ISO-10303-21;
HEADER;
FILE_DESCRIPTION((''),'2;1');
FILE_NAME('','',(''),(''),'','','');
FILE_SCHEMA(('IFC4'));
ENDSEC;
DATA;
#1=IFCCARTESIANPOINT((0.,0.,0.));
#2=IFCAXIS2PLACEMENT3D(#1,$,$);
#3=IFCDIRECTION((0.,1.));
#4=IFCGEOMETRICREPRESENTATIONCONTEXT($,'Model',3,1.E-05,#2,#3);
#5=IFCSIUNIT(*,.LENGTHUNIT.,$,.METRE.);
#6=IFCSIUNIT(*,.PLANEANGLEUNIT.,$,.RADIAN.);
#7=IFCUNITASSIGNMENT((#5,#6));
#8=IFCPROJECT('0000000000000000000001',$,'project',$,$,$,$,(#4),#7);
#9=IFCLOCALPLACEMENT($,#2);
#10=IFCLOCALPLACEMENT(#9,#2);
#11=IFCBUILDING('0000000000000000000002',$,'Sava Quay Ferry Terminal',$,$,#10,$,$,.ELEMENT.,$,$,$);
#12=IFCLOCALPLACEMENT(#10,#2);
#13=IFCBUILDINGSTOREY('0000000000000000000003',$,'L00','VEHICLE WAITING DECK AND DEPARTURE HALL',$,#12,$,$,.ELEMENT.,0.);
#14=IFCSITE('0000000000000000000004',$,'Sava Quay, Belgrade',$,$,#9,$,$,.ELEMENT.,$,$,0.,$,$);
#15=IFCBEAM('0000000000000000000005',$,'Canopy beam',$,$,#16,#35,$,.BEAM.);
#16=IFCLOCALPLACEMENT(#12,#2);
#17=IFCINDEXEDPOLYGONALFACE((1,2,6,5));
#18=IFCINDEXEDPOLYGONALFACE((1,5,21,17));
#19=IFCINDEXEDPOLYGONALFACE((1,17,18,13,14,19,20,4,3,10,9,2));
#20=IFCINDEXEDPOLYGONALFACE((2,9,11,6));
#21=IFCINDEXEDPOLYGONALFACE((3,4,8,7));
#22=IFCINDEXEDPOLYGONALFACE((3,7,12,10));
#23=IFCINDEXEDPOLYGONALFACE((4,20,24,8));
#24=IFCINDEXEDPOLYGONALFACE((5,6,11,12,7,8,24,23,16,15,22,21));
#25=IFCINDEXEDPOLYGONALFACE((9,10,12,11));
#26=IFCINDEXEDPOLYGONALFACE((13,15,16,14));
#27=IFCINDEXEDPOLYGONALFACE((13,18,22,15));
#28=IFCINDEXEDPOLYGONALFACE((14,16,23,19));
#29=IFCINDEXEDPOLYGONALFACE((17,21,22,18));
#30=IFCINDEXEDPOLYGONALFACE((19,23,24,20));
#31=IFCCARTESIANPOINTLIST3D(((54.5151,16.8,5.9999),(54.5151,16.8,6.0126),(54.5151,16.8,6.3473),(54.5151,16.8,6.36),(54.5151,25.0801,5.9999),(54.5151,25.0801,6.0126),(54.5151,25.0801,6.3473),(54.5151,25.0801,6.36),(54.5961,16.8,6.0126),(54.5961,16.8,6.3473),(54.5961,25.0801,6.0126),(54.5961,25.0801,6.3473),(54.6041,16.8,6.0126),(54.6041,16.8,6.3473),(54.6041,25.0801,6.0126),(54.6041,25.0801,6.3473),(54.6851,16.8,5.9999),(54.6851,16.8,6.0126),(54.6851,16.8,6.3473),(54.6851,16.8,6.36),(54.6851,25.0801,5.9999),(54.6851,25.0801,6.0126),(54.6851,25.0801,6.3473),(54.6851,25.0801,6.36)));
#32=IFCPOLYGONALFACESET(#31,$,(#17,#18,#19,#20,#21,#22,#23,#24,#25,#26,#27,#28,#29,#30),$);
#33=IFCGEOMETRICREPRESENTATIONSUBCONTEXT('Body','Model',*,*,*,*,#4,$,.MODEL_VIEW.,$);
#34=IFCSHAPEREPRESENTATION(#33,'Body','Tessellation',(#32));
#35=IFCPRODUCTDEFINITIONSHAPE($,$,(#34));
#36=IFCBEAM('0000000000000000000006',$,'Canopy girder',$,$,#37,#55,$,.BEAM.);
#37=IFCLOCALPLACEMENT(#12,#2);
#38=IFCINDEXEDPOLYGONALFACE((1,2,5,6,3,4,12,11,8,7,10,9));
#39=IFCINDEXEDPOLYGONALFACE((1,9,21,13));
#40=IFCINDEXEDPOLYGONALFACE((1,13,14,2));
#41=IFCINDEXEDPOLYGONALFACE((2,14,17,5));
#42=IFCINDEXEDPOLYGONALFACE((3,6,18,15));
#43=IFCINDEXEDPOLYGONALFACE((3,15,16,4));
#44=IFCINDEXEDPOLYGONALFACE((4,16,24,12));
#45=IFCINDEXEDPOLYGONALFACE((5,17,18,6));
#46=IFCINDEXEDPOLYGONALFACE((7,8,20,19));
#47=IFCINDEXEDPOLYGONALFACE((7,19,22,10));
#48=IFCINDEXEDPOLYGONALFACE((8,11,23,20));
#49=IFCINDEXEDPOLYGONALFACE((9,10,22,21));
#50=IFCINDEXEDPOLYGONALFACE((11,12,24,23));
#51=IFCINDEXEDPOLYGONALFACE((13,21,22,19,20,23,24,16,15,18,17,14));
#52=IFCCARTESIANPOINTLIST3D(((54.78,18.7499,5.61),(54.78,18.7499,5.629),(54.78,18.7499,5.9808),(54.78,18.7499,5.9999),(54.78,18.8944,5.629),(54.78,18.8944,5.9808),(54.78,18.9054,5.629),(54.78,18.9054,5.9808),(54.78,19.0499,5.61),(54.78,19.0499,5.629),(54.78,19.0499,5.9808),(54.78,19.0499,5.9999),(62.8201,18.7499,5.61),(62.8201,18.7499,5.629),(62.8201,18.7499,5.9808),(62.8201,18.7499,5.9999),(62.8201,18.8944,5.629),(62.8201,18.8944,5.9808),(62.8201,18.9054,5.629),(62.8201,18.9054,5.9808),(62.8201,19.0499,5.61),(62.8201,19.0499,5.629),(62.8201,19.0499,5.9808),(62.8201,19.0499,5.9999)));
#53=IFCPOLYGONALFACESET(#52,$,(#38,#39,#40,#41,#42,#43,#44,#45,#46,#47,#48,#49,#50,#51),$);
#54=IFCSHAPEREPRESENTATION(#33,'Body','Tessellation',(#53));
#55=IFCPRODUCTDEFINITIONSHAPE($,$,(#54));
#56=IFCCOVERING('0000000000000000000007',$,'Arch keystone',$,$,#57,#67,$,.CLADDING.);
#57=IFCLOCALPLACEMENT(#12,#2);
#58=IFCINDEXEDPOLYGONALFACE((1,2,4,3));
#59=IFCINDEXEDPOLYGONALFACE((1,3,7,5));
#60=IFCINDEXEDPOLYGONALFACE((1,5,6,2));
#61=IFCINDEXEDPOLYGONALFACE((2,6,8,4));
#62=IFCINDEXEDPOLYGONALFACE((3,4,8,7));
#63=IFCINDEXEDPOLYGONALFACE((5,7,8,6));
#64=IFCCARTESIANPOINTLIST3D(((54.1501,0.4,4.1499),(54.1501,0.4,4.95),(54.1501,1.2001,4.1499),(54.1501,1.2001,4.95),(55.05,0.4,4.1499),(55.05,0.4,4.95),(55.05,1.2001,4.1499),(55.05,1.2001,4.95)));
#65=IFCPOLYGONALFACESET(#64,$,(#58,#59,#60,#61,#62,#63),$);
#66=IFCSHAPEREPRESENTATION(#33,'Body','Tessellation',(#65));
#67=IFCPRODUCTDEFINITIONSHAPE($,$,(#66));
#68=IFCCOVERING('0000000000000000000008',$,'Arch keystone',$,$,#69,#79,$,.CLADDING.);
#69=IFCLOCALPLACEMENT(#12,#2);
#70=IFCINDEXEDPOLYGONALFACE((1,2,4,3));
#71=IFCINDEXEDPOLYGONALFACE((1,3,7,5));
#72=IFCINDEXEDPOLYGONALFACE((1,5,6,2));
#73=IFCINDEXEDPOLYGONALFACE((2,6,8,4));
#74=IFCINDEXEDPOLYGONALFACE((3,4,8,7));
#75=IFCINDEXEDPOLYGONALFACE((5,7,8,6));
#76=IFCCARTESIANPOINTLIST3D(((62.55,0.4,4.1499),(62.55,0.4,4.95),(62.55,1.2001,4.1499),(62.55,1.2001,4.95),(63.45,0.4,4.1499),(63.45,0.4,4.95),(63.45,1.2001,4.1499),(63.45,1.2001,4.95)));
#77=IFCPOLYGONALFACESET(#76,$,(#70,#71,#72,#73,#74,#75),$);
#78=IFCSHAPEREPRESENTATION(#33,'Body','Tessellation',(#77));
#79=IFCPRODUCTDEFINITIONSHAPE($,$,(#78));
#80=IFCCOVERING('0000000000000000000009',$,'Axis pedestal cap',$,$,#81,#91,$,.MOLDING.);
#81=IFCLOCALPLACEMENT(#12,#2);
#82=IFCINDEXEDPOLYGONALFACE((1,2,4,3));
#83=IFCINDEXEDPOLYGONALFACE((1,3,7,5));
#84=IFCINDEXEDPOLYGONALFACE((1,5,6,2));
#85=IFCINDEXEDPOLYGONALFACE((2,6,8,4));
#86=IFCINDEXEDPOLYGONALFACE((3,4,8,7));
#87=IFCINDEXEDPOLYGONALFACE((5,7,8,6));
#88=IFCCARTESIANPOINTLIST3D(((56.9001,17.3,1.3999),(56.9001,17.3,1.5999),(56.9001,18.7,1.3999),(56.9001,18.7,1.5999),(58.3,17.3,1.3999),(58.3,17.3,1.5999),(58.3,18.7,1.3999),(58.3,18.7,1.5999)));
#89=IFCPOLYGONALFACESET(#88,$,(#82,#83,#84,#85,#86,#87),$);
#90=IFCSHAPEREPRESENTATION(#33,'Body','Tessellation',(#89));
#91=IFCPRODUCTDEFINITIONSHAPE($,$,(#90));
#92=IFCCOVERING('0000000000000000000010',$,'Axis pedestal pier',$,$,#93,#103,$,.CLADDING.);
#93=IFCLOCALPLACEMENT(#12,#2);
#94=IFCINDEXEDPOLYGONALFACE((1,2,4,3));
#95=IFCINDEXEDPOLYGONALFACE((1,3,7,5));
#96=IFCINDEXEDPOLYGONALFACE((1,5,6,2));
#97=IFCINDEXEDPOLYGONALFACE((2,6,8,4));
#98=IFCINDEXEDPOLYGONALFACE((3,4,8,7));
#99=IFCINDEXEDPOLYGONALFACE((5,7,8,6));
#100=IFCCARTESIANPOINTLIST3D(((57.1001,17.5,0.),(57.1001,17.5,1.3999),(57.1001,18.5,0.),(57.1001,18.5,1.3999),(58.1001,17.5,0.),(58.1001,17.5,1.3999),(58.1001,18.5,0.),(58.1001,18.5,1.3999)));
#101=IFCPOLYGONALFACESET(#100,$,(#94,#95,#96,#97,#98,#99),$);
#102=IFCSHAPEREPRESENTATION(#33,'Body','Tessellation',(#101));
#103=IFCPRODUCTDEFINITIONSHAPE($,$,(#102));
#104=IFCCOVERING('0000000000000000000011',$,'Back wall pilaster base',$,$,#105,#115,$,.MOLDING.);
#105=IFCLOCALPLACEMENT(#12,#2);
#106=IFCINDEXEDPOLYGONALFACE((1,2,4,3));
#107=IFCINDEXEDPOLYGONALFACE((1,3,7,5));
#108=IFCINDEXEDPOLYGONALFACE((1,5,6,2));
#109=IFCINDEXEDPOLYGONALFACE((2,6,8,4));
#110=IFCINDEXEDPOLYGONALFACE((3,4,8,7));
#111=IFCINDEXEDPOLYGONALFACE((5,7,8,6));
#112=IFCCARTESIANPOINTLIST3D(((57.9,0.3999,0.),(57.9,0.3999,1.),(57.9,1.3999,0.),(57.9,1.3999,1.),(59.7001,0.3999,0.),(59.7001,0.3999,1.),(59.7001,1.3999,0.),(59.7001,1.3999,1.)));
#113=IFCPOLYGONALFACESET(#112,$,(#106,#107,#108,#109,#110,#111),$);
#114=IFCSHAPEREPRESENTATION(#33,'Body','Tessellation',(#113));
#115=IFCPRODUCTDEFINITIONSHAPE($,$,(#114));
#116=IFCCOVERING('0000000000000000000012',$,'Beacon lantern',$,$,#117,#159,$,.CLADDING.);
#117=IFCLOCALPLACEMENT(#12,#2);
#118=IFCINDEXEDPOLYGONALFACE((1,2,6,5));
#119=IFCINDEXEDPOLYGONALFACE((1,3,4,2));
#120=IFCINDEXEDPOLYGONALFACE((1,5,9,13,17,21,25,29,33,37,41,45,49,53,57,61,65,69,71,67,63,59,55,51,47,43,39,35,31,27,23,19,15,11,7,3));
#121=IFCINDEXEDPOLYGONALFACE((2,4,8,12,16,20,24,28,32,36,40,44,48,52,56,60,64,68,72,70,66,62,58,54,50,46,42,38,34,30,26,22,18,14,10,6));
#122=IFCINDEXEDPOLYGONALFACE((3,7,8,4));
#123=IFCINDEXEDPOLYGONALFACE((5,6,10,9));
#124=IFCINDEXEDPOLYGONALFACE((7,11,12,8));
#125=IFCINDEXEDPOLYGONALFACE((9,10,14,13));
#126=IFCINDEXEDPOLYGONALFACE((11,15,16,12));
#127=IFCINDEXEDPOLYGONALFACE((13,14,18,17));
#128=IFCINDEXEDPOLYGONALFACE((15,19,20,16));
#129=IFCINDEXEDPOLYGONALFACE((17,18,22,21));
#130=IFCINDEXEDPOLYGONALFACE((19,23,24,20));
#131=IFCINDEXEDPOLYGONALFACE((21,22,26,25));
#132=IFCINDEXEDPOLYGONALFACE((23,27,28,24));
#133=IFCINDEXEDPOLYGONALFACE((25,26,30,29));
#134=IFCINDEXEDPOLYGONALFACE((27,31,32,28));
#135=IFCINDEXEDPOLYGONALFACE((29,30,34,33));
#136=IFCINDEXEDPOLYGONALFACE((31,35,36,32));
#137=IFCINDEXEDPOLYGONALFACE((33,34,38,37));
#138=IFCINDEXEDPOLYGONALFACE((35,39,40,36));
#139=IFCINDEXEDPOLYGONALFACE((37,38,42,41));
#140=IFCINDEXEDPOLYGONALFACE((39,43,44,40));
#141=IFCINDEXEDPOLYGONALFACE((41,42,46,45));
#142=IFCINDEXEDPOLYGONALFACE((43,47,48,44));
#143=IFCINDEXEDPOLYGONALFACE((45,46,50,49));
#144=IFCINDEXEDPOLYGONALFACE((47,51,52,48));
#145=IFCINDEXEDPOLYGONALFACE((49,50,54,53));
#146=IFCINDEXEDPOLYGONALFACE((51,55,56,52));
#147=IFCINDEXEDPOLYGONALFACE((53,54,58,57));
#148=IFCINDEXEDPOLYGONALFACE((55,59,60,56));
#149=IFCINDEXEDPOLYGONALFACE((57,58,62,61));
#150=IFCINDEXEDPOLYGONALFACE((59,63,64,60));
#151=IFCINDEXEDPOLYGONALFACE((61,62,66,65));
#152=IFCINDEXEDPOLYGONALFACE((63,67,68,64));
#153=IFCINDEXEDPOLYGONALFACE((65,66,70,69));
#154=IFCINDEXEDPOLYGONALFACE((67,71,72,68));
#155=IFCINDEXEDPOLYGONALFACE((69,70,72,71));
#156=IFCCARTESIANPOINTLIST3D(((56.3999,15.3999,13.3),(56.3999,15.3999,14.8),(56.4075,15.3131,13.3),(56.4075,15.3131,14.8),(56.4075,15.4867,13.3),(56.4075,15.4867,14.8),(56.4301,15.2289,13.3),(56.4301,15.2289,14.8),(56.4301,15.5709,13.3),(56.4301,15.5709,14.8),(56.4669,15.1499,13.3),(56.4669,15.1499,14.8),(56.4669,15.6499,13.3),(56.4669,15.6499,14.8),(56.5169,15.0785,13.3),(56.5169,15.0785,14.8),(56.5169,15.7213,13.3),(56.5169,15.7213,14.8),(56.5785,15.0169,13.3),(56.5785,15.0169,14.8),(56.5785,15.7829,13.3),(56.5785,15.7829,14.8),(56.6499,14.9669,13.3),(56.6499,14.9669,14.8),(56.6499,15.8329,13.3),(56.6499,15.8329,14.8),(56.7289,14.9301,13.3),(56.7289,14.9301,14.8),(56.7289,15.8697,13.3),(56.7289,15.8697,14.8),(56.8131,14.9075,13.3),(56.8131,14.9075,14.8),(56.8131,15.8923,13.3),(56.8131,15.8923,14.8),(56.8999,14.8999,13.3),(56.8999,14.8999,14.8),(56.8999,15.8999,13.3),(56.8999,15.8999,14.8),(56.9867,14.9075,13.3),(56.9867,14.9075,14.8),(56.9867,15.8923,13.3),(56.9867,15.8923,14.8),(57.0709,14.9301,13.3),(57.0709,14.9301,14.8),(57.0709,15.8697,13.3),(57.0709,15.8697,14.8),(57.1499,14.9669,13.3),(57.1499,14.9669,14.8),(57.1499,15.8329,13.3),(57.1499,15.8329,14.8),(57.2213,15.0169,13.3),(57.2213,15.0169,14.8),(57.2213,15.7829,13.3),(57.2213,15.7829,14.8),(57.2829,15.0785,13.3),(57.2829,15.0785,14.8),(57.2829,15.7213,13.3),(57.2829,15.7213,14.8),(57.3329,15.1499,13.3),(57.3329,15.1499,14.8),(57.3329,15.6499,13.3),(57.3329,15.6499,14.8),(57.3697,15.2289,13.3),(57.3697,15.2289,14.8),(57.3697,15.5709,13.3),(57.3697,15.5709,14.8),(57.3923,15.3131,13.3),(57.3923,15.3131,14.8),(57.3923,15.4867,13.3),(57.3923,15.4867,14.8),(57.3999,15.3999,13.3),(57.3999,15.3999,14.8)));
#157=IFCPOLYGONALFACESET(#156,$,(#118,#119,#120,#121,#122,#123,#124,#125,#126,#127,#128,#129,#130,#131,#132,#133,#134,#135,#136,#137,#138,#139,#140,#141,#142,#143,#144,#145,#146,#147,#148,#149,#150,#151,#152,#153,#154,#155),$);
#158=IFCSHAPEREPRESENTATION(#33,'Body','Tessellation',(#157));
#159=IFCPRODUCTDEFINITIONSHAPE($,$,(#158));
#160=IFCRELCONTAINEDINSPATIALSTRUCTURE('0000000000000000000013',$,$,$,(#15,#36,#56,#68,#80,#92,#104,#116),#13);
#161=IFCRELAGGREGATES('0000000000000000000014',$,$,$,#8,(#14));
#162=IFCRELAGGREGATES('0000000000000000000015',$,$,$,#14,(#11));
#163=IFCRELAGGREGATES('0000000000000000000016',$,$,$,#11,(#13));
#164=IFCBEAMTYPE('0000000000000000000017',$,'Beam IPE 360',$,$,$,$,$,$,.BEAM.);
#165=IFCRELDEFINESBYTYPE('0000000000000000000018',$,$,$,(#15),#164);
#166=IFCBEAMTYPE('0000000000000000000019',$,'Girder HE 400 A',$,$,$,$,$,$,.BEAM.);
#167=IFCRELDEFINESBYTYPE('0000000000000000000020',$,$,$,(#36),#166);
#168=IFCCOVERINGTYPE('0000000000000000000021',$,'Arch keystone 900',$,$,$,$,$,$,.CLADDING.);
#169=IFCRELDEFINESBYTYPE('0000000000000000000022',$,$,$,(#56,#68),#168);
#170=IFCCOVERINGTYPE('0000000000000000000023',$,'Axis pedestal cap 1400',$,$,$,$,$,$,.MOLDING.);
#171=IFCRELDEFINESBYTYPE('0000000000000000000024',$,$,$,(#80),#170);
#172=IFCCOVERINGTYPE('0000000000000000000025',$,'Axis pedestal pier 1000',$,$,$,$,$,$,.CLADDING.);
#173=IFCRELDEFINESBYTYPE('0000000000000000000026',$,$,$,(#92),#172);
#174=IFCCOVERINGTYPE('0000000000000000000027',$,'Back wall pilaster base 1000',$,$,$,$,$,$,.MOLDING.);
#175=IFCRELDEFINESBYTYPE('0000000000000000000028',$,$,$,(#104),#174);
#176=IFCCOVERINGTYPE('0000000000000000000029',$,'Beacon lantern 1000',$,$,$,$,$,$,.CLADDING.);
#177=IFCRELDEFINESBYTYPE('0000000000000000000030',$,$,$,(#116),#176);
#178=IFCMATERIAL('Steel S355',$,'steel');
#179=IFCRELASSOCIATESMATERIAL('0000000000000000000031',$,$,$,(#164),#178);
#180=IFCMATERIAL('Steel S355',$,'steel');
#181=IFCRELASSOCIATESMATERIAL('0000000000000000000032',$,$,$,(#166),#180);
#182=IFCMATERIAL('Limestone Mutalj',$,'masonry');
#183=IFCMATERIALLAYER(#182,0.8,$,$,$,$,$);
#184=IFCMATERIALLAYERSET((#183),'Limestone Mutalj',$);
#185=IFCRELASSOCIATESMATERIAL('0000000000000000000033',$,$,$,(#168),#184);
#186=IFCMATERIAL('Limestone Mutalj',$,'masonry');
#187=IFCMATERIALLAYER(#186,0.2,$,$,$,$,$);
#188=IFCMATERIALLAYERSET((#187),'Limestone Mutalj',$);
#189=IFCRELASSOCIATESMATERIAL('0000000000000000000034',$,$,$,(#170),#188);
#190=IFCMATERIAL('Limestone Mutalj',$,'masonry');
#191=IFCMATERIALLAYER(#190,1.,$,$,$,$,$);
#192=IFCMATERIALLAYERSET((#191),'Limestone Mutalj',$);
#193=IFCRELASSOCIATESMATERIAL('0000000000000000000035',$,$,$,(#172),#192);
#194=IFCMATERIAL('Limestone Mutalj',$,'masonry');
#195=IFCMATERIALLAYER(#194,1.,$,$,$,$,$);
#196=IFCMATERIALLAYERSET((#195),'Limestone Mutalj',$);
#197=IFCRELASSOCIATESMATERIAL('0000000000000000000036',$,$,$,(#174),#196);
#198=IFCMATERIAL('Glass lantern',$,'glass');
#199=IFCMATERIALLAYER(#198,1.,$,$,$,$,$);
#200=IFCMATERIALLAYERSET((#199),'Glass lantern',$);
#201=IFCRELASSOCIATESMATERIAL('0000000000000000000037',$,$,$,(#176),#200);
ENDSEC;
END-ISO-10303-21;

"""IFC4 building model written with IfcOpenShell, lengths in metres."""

from ifc_helpers import new_model, si_unit, direction, frame, origin, origin_2d, place, context, subcontext, project, spatial, rectangle, circle, i_section, extrude, material, layer, layer_set, material_profile, profile_set, type_object, element, save


model = new_model("IFC4")

# Units and contexts
model_context = context("Model", 3, precision=1e-05, world=origin(), true_north=direction((0.0, 1.0)))
body_context = subcontext(model_context, "Body", "Model", "MODEL_VIEW")
ifc_project = project(units=[si_unit("LENGTHUNIT", "METRE"), si_unit("PLANEANGLEUNIT", "RADIAN")], contexts=[model_context])

# Site, building, storey
site_placement = place(None, origin())
site = spatial("IfcSite", under=ifc_project, at=site_placement, Name="Sava Quay, Belgrade", CompositionType="ELEMENT", RefElevation=0.0)
building_placement = place(site_placement, origin())
building = spatial("IfcBuilding", under=site, at=building_placement, Name="Sava Quay Ferry Terminal", CompositionType="ELEMENT")
storey_placement = place(building_placement, origin())
storey = spatial("IfcBuildingStorey", under=building, at=storey_placement, Name="L00", Description="VEHICLE WAITING DECK AND DEPARTURE HALL", CompositionType="ELEMENT", Elevation=0.0)

# Beams
ifc_material_1 = material(Name="Steel S355", Category="steel")
ifc_material_profile_1 = material_profile(ifc_material_1, i_section(OverallWidth=0.1699, OverallDepth=0.3601, WebThickness=0.0081, FlangeThickness=0.0127, at=origin_2d()), Name="IPE 360")
ifc_profile_set_1 = profile_set([ifc_material_profile_1], Name="Steel S355")
beam_type_1 = type_object("IfcBeamType", Name="Beam IPE 360", PredefinedType="BEAM", material=ifc_profile_set_1)
beam_1_placement = place(storey_placement, frame((54.6001, 16.8, 6.1799), z_axis=(0.0, 1.0, 0.0), x_axis=(-1.0, 0.0, 0.0)))
element("IfcBeam", 1, at=beam_1_placement, inside=storey, type_object=beam_type_1, Name="Canopy beam", PredefinedType="BEAM", context=body_context, shape_type="SweptSolid", body=[
    extrude(i_section(OverallWidth=0.1699, OverallDepth=0.3601, WebThickness=0.0081, FlangeThickness=0.0127, at=origin_2d()), origin(), (0.0, 0.0, 1.0), 8.28),
])
ifc_material_2 = material(Name="Steel S355", Category="steel")
ifc_material_profile_2 = material_profile(ifc_material_2, i_section(OverallWidth=0.3, OverallDepth=0.3899, WebThickness=0.011, FlangeThickness=0.019, at=origin_2d()), Name="HE 400 A")
ifc_profile_set_2 = profile_set([ifc_material_profile_2], Name="Steel S355")
beam_type_2 = type_object("IfcBeamType", Name="Girder HE 400 A", PredefinedType="BEAM", material=ifc_profile_set_2)
beam_2_placement = place(storey_placement, frame((54.78, 18.8999, 5.8049), z_axis=(1.0, 0.0, 0.0), x_axis=(0.0, 1.0, 0.0)))
element("IfcBeam", 2, at=beam_2_placement, inside=storey, type_object=beam_type_2, Name="Canopy girder", PredefinedType="BEAM", context=body_context, shape_type="SweptSolid", body=[
    extrude(i_section(OverallWidth=0.3, OverallDepth=0.3899, WebThickness=0.011, FlangeThickness=0.019, at=origin_2d()), origin(), (0.0, 0.0, 1.0), 8.04),
])

# Coverings
ifc_material_3 = material(Name="Limestone Mutalj", Category="masonry")
ifc_layer_1 = layer(ifc_material_3, 0.8)
ifc_layer_set_1 = layer_set([ifc_layer_1], Name="Limestone Mutalj")
covering_type_1 = type_object("IfcCoveringType", Name="Arch keystone 900", PredefinedType="CLADDING", material=ifc_layer_set_1)
for number, where, z_axis, x_axis, name in (
    (3, (54.6001, 0.8, 4.1499), (0.0, 0.0, 1.0), (1.0, 0.0, 0.0), "Arch keystone"),
    (4, (63.0, 0.8, 4.1499), (0.0, 0.0, 1.0), (1.0, 0.0, 0.0), "Arch keystone"),
):
    element("IfcCovering", number, at=place(storey_placement, frame(where, z_axis=z_axis, x_axis=x_axis)), inside=storey, type_object=covering_type_1, Name=name, PredefinedType="CLADDING", context=body_context, shape_type="SweptSolid", body=[
        extrude(rectangle(XDim=0.8999, YDim=0.8, at=origin_2d()), origin(), (0.0, 0.0, 1.0), 0.8),
    ])
ifc_material_4 = material(Name="Limestone Mutalj", Category="masonry")
ifc_layer_2 = layer(ifc_material_4, 0.2)
ifc_layer_set_2 = layer_set([ifc_layer_2], Name="Limestone Mutalj")
covering_type_2 = type_object("IfcCoveringType", Name="Axis pedestal cap 1400", PredefinedType="MOLDING", material=ifc_layer_set_2)
covering_1_placement = place(storey_placement, frame((57.6001, 18.0, 1.3999), z_axis=(0.0, 0.0, 1.0), x_axis=(1.0, 0.0, 0.0)))
element("IfcCovering", 5, at=covering_1_placement, inside=storey, type_object=covering_type_2, Name="Axis pedestal cap", PredefinedType="MOLDING", context=body_context, shape_type="SweptSolid", body=[
    extrude(rectangle(XDim=1.3999, YDim=1.3999, at=origin_2d()), origin(), (0.0, 0.0, 1.0), 0.2),
])
ifc_material_5 = material(Name="Limestone Mutalj", Category="masonry")
ifc_layer_3 = layer(ifc_material_5, 1.0)
ifc_layer_set_3 = layer_set([ifc_layer_3], Name="Limestone Mutalj")
covering_type_3 = type_object("IfcCoveringType", Name="Axis pedestal pier 1000", PredefinedType="CLADDING", material=ifc_layer_set_3)
covering_2_placement = place(storey_placement, frame((57.6001, 18.0, 0.0), z_axis=(0.0, 0.0, 1.0), x_axis=(1.0, 0.0, 0.0)))
element("IfcCovering", 6, at=covering_2_placement, inside=storey, type_object=covering_type_3, Name="Axis pedestal pier", PredefinedType="CLADDING", context=body_context, shape_type="SweptSolid", body=[
    extrude(rectangle(XDim=1.0, YDim=1.0, at=origin_2d()), origin(), (0.0, 0.0, 1.0), 1.3999),
])
ifc_material_6 = material(Name="Limestone Mutalj", Category="masonry")
ifc_layer_4 = layer(ifc_material_6, 1.0)
ifc_layer_set_4 = layer_set([ifc_layer_4], Name="Limestone Mutalj")
covering_type_4 = type_object("IfcCoveringType", Name="Back wall pilaster base 1000", PredefinedType="MOLDING", material=ifc_layer_set_4)
covering_3_placement = place(storey_placement, frame((58.8, 0.8999, 0.0), z_axis=(0.0, 0.0, 1.0), x_axis=(1.0, 0.0, 0.0)))
element("IfcCovering", 7, at=covering_3_placement, inside=storey, type_object=covering_type_4, Name="Back wall pilaster base", PredefinedType="MOLDING", context=body_context, shape_type="SweptSolid", body=[
    extrude(rectangle(XDim=1.8, YDim=1.0, at=origin_2d()), origin(), (0.0, 0.0, 1.0), 1.0),
])
ifc_material_7 = material(Name="Glass lantern", Category="glass")
ifc_layer_5 = layer(ifc_material_7, 1.0)
ifc_layer_set_5 = layer_set([ifc_layer_5], Name="Glass lantern")
covering_type_5 = type_object("IfcCoveringType", Name="Beacon lantern 1000", PredefinedType="CLADDING", material=ifc_layer_set_5)
covering_4_placement = place(storey_placement, frame((56.8999, 15.3999, 14.8), z_axis=(0.0, 0.0, -1.0), x_axis=(1.0, 0.0, 0.0)))
element("IfcCovering", 8, at=covering_4_placement, inside=storey, type_object=covering_type_5, Name="Beacon lantern", PredefinedType="CLADDING", context=body_context, shape_type="SweptSolid", body=[
    extrude(circle(Radius=0.5, at=origin_2d()), origin(), (0.0, 0.0, 1.0), 1.5),
])

save(model, "model.ifc")
